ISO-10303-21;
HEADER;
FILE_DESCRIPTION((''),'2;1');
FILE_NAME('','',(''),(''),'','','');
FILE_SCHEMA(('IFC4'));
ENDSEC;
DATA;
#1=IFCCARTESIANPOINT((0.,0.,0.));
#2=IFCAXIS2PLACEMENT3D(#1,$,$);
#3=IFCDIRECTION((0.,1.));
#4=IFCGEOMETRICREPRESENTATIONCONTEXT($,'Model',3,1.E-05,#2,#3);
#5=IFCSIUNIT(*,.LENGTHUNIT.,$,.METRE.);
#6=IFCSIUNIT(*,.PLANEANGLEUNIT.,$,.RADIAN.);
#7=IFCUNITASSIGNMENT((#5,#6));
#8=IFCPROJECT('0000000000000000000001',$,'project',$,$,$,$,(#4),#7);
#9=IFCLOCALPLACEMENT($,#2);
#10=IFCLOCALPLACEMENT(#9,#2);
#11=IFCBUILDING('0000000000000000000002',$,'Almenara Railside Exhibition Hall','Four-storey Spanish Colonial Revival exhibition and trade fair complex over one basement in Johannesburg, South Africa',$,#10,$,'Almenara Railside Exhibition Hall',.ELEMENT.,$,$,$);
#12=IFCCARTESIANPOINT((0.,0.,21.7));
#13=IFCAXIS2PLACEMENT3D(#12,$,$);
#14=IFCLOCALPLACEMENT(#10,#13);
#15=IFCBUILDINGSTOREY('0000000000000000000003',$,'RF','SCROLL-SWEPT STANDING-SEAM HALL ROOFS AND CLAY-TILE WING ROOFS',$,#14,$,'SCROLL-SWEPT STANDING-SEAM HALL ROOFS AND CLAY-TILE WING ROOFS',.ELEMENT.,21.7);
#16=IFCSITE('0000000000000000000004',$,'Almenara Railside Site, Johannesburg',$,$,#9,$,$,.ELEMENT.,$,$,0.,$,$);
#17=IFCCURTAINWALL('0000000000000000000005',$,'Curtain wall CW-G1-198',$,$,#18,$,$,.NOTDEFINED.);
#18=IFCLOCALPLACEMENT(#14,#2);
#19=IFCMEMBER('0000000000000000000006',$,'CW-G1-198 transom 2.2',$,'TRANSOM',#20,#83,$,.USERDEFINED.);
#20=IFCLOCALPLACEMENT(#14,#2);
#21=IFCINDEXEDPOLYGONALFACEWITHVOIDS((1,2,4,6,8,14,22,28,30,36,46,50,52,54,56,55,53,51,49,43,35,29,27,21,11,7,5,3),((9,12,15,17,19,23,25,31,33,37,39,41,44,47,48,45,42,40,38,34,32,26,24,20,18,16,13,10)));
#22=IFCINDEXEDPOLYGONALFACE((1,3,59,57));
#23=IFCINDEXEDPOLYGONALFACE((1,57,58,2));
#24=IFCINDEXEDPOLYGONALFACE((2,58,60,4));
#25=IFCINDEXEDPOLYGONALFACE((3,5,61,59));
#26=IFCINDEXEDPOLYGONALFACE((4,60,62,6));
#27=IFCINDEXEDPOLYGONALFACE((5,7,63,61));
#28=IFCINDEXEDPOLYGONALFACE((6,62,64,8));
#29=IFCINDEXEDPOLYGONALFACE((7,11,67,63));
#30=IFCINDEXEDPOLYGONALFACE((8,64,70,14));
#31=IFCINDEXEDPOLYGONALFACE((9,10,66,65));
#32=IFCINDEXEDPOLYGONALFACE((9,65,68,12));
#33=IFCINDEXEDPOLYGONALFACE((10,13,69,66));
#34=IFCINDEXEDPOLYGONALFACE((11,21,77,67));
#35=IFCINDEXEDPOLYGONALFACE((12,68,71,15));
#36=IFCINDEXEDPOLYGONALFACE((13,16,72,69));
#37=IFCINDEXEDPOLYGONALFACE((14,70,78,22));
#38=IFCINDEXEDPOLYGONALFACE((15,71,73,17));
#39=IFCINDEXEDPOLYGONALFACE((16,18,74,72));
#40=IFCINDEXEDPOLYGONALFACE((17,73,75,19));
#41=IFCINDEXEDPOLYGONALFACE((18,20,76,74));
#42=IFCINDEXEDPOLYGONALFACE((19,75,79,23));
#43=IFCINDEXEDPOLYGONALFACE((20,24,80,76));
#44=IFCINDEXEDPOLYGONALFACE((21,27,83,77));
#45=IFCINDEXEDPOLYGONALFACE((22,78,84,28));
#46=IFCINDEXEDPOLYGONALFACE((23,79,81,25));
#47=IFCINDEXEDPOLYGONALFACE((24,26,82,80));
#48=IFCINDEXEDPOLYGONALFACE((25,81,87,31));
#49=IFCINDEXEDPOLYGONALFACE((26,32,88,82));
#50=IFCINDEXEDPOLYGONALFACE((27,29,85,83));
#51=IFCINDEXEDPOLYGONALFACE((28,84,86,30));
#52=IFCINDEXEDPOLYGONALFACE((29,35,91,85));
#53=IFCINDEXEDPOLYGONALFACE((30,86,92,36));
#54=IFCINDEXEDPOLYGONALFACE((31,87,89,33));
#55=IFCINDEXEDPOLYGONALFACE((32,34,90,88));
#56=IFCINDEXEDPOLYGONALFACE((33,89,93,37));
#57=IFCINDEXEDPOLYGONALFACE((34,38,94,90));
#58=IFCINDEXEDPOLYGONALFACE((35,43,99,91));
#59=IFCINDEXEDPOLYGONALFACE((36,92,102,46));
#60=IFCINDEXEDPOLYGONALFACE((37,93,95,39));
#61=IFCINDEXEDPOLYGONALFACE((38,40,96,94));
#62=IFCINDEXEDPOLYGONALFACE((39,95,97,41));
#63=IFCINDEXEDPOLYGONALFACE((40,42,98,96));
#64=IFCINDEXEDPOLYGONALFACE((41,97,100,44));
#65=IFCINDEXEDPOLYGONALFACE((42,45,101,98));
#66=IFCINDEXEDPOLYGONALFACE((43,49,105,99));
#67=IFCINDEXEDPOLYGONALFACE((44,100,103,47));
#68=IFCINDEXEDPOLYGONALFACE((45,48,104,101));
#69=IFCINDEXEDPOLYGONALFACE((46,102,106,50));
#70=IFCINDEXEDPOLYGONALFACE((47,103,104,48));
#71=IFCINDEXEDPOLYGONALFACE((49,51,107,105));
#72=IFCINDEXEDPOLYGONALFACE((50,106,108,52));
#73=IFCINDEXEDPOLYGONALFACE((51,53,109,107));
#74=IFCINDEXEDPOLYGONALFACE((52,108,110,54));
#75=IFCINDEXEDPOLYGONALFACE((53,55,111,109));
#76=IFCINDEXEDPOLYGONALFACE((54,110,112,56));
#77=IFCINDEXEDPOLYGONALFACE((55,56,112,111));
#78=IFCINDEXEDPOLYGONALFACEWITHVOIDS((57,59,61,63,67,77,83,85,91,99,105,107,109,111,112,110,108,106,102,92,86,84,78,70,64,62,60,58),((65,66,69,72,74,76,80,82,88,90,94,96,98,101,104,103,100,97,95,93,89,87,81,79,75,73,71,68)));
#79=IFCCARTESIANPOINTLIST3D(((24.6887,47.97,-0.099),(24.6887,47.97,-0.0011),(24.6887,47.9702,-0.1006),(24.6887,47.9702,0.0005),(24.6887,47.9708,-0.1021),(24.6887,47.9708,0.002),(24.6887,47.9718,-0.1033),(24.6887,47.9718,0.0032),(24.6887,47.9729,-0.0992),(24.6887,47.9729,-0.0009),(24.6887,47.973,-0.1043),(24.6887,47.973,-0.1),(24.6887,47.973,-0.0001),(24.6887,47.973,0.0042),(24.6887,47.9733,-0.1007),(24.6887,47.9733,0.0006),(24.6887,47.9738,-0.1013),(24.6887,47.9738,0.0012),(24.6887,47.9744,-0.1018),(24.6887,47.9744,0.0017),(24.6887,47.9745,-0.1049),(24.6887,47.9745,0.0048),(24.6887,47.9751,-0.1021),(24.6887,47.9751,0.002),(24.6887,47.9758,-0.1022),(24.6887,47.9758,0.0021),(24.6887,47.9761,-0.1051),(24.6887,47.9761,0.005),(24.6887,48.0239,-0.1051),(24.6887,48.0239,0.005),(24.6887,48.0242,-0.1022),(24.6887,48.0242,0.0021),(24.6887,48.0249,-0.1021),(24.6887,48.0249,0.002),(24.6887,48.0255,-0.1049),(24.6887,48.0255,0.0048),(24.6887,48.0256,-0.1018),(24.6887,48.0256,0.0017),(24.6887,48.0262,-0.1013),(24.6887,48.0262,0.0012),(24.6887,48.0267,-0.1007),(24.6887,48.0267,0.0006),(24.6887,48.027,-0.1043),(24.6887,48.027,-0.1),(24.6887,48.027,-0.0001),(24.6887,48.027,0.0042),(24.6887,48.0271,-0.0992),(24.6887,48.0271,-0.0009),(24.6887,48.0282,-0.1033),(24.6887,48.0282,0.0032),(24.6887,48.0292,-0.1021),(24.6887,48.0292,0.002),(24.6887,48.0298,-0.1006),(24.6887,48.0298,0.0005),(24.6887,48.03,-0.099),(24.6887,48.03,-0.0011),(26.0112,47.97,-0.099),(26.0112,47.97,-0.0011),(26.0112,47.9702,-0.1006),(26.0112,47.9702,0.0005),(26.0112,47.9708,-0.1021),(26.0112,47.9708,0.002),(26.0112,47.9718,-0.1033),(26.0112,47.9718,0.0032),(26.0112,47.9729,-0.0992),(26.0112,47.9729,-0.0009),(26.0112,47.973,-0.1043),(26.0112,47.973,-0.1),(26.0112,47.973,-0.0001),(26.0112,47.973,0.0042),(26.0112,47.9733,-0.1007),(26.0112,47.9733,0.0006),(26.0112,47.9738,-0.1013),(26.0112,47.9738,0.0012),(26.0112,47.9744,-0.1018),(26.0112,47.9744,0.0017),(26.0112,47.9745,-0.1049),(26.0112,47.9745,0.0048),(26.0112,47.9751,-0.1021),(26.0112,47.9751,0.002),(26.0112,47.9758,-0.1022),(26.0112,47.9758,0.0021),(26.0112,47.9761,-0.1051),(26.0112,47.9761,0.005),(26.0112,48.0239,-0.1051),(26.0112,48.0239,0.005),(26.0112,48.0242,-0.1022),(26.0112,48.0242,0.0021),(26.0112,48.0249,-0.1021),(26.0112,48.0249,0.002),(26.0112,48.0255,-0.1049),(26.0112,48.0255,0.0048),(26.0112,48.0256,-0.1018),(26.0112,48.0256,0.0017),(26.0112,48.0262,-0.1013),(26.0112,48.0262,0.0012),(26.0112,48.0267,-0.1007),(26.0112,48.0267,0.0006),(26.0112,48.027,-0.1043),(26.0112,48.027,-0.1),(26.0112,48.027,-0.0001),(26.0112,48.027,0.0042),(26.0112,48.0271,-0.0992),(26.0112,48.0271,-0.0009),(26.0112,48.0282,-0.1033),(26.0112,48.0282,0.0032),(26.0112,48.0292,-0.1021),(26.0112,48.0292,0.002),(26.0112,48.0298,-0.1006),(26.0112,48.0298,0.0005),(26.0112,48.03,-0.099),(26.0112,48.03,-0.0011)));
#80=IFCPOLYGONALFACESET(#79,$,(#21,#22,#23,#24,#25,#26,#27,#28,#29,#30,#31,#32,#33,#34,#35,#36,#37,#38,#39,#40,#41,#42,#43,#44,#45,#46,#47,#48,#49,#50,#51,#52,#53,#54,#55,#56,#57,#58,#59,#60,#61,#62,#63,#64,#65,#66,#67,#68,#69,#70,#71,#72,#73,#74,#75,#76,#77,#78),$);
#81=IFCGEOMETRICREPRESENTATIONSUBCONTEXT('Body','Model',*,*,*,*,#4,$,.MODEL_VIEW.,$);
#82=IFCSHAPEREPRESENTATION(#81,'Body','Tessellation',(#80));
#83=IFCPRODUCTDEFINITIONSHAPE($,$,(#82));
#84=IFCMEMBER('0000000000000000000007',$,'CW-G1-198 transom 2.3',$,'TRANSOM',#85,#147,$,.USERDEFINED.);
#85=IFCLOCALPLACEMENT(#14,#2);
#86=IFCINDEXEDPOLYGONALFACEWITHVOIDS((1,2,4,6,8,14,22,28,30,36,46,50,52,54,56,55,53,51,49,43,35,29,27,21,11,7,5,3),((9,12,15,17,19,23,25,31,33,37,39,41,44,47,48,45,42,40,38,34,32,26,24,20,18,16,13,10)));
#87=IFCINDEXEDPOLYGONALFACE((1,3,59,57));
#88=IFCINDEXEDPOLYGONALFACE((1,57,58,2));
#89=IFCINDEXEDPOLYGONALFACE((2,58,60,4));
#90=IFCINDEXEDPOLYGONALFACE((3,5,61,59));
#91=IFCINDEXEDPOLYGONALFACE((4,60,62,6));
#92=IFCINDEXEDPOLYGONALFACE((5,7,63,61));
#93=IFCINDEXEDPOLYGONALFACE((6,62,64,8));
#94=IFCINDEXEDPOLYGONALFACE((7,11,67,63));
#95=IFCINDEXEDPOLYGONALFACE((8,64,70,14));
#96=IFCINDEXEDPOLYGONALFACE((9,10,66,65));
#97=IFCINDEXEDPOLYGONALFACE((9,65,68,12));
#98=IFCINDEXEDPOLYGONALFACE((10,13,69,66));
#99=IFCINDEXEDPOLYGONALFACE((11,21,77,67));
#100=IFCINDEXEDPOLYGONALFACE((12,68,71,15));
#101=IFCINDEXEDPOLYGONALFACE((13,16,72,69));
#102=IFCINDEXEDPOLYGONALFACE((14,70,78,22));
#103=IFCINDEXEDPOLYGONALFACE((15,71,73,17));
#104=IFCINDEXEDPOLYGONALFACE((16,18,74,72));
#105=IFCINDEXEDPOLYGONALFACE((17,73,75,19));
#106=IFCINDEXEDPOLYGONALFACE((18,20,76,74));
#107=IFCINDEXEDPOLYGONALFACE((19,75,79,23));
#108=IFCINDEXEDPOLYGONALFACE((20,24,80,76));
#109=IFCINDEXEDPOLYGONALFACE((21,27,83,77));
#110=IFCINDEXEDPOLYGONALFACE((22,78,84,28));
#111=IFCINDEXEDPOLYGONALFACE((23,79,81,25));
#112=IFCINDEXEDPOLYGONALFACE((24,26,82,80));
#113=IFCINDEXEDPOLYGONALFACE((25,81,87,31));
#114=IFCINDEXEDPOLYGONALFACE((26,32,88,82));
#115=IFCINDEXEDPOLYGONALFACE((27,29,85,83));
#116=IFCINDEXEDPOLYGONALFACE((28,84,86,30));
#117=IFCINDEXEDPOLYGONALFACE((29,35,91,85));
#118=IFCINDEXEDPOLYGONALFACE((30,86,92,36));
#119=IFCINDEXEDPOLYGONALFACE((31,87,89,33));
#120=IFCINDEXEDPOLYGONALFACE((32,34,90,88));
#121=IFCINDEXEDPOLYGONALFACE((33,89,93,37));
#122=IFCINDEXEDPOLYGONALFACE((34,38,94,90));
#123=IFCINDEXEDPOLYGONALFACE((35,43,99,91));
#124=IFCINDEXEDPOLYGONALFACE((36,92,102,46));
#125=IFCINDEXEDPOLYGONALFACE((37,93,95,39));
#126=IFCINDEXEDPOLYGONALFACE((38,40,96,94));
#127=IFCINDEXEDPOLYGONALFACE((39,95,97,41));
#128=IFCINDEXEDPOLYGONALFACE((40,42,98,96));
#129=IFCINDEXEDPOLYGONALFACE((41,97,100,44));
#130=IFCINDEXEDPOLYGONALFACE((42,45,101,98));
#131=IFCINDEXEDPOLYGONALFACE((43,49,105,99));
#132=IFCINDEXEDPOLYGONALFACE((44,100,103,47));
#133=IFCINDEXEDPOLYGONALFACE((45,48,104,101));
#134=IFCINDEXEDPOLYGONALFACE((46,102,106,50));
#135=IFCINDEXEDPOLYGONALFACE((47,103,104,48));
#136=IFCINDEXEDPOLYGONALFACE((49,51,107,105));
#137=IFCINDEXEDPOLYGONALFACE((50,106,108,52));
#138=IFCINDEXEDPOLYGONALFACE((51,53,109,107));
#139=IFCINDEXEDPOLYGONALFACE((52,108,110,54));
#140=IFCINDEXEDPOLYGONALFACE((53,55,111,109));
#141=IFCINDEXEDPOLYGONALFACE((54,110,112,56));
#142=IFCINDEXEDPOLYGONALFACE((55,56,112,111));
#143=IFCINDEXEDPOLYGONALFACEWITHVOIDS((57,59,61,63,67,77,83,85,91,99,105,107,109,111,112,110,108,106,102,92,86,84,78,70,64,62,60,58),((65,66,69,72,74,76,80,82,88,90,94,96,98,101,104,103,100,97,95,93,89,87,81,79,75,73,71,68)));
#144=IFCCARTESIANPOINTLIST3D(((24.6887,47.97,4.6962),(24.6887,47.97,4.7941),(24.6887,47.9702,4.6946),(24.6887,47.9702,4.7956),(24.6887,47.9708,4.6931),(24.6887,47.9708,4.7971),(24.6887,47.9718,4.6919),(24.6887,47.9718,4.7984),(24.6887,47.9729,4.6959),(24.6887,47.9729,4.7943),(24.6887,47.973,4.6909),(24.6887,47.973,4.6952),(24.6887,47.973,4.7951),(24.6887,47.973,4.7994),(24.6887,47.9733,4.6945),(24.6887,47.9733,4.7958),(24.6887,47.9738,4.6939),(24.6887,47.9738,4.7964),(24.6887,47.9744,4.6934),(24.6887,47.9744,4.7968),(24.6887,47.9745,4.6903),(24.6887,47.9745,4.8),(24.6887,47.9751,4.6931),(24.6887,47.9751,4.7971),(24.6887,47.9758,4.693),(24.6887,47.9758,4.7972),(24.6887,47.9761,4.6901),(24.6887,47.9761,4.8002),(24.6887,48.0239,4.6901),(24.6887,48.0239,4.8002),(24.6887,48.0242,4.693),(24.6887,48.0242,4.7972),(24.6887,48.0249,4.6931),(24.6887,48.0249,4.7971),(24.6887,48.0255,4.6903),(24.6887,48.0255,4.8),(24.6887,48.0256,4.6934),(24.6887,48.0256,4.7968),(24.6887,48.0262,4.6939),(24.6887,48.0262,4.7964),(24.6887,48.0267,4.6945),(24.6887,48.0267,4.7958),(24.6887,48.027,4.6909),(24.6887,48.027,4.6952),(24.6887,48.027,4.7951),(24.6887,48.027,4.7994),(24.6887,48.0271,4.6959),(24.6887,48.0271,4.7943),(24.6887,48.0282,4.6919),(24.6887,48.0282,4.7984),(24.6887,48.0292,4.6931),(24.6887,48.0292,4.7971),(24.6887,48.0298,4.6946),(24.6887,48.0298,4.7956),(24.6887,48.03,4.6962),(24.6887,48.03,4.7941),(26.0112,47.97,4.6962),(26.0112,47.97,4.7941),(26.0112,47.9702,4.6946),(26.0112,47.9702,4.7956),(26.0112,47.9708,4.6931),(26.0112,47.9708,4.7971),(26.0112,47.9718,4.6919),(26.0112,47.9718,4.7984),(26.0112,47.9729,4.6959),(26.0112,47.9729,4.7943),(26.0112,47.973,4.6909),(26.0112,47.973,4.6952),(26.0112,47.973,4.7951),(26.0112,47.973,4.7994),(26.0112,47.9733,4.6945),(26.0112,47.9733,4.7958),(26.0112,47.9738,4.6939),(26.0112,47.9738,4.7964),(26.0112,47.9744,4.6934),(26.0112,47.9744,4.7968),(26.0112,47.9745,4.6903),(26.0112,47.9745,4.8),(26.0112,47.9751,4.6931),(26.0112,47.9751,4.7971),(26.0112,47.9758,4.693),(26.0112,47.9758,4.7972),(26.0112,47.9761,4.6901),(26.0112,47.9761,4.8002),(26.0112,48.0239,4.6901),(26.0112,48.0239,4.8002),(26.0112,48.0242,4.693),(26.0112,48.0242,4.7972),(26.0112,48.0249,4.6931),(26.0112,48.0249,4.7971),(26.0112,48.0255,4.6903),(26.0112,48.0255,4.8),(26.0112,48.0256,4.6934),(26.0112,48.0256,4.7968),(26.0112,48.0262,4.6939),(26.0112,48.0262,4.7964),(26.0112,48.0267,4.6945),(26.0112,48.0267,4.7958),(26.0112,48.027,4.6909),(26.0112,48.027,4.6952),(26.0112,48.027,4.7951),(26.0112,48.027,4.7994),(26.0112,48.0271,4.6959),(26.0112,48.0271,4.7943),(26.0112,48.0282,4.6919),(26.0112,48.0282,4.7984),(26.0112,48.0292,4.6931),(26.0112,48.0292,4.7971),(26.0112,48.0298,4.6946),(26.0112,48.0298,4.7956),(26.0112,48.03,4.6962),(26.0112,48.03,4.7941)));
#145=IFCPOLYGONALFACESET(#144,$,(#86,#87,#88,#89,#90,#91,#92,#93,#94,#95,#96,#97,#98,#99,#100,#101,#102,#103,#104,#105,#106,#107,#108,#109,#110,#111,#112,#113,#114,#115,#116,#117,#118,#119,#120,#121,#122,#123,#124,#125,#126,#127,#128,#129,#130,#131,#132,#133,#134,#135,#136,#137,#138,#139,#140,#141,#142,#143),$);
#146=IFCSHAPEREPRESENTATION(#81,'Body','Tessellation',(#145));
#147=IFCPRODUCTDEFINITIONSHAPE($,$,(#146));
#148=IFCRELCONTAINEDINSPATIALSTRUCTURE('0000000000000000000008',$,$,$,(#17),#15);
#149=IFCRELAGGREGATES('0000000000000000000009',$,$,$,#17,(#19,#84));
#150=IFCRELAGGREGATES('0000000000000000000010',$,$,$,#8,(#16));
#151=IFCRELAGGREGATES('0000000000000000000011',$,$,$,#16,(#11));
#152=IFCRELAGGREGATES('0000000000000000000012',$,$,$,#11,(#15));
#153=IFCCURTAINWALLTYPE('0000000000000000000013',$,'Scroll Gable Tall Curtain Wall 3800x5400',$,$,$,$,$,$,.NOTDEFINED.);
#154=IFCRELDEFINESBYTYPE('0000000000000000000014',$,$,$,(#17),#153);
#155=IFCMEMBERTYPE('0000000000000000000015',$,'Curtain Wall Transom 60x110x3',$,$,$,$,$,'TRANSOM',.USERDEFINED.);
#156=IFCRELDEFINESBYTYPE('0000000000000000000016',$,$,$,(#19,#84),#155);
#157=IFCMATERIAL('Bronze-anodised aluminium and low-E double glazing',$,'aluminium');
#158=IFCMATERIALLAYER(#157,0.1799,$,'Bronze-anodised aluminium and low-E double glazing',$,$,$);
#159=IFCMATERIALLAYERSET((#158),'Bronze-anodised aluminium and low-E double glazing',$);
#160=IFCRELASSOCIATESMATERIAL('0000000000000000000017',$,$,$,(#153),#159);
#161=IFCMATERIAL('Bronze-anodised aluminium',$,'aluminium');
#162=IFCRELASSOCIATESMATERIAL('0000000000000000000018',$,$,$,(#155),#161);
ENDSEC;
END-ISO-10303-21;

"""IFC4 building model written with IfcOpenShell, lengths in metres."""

from ifc_helpers import new_model, si_unit, direction, frame, origin, origin_2d, place, context, subcontext, project, spatial, hollow_rectangle, extrude, material, layer, layer_set, material_profile, profile_set, type_object, element, aggregate, save


model = new_model("IFC4")

# Units and contexts
model_context = context("Model", 3, precision=1e-05, world=origin(), true_north=direction((0.0, 1.0)))
body_context = subcontext(model_context, "Body", "Model", "MODEL_VIEW")
ifc_project = project(units=[si_unit("LENGTHUNIT", "METRE"), si_unit("PLANEANGLEUNIT", "RADIAN")], contexts=[model_context])

# Site, building, storey
site_placement = place(None, origin())
site = spatial("IfcSite", under=ifc_project, at=site_placement, Name="Almenara Railside Site, Johannesburg", CompositionType="ELEMENT", RefElevation=0.0)
building_placement = place(site_placement, origin())
building = spatial("IfcBuilding", under=site, at=building_placement, Name="Almenara Railside Exhibition Hall", Description="Four-storey Spanish Colonial Revival exhibition and trade fair complex over one basement in Johannesburg, South Africa", LongName="Almenara Railside Exhibition Hall", CompositionType="ELEMENT")
storey_placement = place(building_placement, frame((0.0, 0.0, 21.7)))
storey = spatial("IfcBuildingStorey", under=building, at=storey_placement, Name="RF", Description="SCROLL-SWEPT STANDING-SEAM HALL ROOFS AND CLAY-TILE WING ROOFS", LongName="SCROLL-SWEPT STANDING-SEAM HALL ROOFS AND CLAY-TILE WING ROOFS", CompositionType="ELEMENT", Elevation=21.7)

# Curtain wall
ifc_material_1 = material(Name="Bronze-anodised aluminium and low-E double glazing", Category="aluminium")
ifc_layer_1 = layer(ifc_material_1, 0.1799, Name="Bronze-anodised aluminium and low-E double glazing")
ifc_layer_set_1 = layer_set([ifc_layer_1], Name="Bronze-anodised aluminium and low-E double glazing")
curtain_wall_type = type_object("IfcCurtainWallType", Name="Scroll Gable Tall Curtain Wall 3800x5400", PredefinedType="NOTDEFINED", material=ifc_layer_set_1)
curtain_wall_1_placement = place(storey_placement, origin())
curtain_wall_1 = element("IfcCurtainWall", 1, at=curtain_wall_1_placement, inside=storey, type_object=curtain_wall_type, Name="Curtain wall CW-G1-198", PredefinedType="NOTDEFINED")
ifc_material_2 = material(Name="Bronze-anodised aluminium", Category="aluminium")

# Members
ifc_material_profile_1 = material_profile(ifc_material_2, hollow_rectangle(XDim=0.0601, YDim=0.1101, WallThickness=0.0029, InnerFilletRadius=0.0029, OuterFilletRadius=0.0061, at=origin_2d()), Name="ALU-TRN 60x110x3")
ifc_profile_set_1 = profile_set([ifc_material_profile_1], Name="Bronze-anodised aluminium")
member_type_1 = type_object("IfcMemberType", Name="Curtain Wall Transom 60x110x3", ElementType="TRANSOM", PredefinedType="USERDEFINED", material=ifc_profile_set_1)
member_1_placement = place(storey_placement, frame((24.6887, 48.0, -0.05), z_axis=(1.0, 0.0, 0.0), x_axis=(0.0, 1.0, 0.0)))
member_1 = element("IfcMember", 2, at=member_1_placement, type_object=member_type_1, Name="CW-G1-198 transom 2.2", ObjectType="TRANSOM", PredefinedType="USERDEFINED", context=body_context, shape_type="SweptSolid", body=[
    extrude(hollow_rectangle(XDim=0.0601, YDim=0.1101, WallThickness=0.0029, InnerFilletRadius=0.0029, OuterFilletRadius=0.0061, at=origin_2d()), origin(), (0.0, 0.0, 1.0), 1.3225),
])
member_2_placement = place(storey_placement, frame((24.6887, 48.0, 4.7451), z_axis=(1.0, 0.0, 0.0), x_axis=(0.0, 1.0, 0.0)))
member_2 = element("IfcMember", 3, at=member_2_placement, type_object=member_type_1, Name="CW-G1-198 transom 2.3", ObjectType="TRANSOM", PredefinedType="USERDEFINED", context=body_context, shape_type="SweptSolid", body=[
    extrude(hollow_rectangle(XDim=0.0601, YDim=0.1101, WallThickness=0.0029, InnerFilletRadius=0.0029, OuterFilletRadius=0.0061, at=origin_2d()), origin(), (0.0, 0.0, 1.0), 1.3225),
])

aggregate(curtain_wall_1, [member_1, member_2])

save(model, "model.ifc")
